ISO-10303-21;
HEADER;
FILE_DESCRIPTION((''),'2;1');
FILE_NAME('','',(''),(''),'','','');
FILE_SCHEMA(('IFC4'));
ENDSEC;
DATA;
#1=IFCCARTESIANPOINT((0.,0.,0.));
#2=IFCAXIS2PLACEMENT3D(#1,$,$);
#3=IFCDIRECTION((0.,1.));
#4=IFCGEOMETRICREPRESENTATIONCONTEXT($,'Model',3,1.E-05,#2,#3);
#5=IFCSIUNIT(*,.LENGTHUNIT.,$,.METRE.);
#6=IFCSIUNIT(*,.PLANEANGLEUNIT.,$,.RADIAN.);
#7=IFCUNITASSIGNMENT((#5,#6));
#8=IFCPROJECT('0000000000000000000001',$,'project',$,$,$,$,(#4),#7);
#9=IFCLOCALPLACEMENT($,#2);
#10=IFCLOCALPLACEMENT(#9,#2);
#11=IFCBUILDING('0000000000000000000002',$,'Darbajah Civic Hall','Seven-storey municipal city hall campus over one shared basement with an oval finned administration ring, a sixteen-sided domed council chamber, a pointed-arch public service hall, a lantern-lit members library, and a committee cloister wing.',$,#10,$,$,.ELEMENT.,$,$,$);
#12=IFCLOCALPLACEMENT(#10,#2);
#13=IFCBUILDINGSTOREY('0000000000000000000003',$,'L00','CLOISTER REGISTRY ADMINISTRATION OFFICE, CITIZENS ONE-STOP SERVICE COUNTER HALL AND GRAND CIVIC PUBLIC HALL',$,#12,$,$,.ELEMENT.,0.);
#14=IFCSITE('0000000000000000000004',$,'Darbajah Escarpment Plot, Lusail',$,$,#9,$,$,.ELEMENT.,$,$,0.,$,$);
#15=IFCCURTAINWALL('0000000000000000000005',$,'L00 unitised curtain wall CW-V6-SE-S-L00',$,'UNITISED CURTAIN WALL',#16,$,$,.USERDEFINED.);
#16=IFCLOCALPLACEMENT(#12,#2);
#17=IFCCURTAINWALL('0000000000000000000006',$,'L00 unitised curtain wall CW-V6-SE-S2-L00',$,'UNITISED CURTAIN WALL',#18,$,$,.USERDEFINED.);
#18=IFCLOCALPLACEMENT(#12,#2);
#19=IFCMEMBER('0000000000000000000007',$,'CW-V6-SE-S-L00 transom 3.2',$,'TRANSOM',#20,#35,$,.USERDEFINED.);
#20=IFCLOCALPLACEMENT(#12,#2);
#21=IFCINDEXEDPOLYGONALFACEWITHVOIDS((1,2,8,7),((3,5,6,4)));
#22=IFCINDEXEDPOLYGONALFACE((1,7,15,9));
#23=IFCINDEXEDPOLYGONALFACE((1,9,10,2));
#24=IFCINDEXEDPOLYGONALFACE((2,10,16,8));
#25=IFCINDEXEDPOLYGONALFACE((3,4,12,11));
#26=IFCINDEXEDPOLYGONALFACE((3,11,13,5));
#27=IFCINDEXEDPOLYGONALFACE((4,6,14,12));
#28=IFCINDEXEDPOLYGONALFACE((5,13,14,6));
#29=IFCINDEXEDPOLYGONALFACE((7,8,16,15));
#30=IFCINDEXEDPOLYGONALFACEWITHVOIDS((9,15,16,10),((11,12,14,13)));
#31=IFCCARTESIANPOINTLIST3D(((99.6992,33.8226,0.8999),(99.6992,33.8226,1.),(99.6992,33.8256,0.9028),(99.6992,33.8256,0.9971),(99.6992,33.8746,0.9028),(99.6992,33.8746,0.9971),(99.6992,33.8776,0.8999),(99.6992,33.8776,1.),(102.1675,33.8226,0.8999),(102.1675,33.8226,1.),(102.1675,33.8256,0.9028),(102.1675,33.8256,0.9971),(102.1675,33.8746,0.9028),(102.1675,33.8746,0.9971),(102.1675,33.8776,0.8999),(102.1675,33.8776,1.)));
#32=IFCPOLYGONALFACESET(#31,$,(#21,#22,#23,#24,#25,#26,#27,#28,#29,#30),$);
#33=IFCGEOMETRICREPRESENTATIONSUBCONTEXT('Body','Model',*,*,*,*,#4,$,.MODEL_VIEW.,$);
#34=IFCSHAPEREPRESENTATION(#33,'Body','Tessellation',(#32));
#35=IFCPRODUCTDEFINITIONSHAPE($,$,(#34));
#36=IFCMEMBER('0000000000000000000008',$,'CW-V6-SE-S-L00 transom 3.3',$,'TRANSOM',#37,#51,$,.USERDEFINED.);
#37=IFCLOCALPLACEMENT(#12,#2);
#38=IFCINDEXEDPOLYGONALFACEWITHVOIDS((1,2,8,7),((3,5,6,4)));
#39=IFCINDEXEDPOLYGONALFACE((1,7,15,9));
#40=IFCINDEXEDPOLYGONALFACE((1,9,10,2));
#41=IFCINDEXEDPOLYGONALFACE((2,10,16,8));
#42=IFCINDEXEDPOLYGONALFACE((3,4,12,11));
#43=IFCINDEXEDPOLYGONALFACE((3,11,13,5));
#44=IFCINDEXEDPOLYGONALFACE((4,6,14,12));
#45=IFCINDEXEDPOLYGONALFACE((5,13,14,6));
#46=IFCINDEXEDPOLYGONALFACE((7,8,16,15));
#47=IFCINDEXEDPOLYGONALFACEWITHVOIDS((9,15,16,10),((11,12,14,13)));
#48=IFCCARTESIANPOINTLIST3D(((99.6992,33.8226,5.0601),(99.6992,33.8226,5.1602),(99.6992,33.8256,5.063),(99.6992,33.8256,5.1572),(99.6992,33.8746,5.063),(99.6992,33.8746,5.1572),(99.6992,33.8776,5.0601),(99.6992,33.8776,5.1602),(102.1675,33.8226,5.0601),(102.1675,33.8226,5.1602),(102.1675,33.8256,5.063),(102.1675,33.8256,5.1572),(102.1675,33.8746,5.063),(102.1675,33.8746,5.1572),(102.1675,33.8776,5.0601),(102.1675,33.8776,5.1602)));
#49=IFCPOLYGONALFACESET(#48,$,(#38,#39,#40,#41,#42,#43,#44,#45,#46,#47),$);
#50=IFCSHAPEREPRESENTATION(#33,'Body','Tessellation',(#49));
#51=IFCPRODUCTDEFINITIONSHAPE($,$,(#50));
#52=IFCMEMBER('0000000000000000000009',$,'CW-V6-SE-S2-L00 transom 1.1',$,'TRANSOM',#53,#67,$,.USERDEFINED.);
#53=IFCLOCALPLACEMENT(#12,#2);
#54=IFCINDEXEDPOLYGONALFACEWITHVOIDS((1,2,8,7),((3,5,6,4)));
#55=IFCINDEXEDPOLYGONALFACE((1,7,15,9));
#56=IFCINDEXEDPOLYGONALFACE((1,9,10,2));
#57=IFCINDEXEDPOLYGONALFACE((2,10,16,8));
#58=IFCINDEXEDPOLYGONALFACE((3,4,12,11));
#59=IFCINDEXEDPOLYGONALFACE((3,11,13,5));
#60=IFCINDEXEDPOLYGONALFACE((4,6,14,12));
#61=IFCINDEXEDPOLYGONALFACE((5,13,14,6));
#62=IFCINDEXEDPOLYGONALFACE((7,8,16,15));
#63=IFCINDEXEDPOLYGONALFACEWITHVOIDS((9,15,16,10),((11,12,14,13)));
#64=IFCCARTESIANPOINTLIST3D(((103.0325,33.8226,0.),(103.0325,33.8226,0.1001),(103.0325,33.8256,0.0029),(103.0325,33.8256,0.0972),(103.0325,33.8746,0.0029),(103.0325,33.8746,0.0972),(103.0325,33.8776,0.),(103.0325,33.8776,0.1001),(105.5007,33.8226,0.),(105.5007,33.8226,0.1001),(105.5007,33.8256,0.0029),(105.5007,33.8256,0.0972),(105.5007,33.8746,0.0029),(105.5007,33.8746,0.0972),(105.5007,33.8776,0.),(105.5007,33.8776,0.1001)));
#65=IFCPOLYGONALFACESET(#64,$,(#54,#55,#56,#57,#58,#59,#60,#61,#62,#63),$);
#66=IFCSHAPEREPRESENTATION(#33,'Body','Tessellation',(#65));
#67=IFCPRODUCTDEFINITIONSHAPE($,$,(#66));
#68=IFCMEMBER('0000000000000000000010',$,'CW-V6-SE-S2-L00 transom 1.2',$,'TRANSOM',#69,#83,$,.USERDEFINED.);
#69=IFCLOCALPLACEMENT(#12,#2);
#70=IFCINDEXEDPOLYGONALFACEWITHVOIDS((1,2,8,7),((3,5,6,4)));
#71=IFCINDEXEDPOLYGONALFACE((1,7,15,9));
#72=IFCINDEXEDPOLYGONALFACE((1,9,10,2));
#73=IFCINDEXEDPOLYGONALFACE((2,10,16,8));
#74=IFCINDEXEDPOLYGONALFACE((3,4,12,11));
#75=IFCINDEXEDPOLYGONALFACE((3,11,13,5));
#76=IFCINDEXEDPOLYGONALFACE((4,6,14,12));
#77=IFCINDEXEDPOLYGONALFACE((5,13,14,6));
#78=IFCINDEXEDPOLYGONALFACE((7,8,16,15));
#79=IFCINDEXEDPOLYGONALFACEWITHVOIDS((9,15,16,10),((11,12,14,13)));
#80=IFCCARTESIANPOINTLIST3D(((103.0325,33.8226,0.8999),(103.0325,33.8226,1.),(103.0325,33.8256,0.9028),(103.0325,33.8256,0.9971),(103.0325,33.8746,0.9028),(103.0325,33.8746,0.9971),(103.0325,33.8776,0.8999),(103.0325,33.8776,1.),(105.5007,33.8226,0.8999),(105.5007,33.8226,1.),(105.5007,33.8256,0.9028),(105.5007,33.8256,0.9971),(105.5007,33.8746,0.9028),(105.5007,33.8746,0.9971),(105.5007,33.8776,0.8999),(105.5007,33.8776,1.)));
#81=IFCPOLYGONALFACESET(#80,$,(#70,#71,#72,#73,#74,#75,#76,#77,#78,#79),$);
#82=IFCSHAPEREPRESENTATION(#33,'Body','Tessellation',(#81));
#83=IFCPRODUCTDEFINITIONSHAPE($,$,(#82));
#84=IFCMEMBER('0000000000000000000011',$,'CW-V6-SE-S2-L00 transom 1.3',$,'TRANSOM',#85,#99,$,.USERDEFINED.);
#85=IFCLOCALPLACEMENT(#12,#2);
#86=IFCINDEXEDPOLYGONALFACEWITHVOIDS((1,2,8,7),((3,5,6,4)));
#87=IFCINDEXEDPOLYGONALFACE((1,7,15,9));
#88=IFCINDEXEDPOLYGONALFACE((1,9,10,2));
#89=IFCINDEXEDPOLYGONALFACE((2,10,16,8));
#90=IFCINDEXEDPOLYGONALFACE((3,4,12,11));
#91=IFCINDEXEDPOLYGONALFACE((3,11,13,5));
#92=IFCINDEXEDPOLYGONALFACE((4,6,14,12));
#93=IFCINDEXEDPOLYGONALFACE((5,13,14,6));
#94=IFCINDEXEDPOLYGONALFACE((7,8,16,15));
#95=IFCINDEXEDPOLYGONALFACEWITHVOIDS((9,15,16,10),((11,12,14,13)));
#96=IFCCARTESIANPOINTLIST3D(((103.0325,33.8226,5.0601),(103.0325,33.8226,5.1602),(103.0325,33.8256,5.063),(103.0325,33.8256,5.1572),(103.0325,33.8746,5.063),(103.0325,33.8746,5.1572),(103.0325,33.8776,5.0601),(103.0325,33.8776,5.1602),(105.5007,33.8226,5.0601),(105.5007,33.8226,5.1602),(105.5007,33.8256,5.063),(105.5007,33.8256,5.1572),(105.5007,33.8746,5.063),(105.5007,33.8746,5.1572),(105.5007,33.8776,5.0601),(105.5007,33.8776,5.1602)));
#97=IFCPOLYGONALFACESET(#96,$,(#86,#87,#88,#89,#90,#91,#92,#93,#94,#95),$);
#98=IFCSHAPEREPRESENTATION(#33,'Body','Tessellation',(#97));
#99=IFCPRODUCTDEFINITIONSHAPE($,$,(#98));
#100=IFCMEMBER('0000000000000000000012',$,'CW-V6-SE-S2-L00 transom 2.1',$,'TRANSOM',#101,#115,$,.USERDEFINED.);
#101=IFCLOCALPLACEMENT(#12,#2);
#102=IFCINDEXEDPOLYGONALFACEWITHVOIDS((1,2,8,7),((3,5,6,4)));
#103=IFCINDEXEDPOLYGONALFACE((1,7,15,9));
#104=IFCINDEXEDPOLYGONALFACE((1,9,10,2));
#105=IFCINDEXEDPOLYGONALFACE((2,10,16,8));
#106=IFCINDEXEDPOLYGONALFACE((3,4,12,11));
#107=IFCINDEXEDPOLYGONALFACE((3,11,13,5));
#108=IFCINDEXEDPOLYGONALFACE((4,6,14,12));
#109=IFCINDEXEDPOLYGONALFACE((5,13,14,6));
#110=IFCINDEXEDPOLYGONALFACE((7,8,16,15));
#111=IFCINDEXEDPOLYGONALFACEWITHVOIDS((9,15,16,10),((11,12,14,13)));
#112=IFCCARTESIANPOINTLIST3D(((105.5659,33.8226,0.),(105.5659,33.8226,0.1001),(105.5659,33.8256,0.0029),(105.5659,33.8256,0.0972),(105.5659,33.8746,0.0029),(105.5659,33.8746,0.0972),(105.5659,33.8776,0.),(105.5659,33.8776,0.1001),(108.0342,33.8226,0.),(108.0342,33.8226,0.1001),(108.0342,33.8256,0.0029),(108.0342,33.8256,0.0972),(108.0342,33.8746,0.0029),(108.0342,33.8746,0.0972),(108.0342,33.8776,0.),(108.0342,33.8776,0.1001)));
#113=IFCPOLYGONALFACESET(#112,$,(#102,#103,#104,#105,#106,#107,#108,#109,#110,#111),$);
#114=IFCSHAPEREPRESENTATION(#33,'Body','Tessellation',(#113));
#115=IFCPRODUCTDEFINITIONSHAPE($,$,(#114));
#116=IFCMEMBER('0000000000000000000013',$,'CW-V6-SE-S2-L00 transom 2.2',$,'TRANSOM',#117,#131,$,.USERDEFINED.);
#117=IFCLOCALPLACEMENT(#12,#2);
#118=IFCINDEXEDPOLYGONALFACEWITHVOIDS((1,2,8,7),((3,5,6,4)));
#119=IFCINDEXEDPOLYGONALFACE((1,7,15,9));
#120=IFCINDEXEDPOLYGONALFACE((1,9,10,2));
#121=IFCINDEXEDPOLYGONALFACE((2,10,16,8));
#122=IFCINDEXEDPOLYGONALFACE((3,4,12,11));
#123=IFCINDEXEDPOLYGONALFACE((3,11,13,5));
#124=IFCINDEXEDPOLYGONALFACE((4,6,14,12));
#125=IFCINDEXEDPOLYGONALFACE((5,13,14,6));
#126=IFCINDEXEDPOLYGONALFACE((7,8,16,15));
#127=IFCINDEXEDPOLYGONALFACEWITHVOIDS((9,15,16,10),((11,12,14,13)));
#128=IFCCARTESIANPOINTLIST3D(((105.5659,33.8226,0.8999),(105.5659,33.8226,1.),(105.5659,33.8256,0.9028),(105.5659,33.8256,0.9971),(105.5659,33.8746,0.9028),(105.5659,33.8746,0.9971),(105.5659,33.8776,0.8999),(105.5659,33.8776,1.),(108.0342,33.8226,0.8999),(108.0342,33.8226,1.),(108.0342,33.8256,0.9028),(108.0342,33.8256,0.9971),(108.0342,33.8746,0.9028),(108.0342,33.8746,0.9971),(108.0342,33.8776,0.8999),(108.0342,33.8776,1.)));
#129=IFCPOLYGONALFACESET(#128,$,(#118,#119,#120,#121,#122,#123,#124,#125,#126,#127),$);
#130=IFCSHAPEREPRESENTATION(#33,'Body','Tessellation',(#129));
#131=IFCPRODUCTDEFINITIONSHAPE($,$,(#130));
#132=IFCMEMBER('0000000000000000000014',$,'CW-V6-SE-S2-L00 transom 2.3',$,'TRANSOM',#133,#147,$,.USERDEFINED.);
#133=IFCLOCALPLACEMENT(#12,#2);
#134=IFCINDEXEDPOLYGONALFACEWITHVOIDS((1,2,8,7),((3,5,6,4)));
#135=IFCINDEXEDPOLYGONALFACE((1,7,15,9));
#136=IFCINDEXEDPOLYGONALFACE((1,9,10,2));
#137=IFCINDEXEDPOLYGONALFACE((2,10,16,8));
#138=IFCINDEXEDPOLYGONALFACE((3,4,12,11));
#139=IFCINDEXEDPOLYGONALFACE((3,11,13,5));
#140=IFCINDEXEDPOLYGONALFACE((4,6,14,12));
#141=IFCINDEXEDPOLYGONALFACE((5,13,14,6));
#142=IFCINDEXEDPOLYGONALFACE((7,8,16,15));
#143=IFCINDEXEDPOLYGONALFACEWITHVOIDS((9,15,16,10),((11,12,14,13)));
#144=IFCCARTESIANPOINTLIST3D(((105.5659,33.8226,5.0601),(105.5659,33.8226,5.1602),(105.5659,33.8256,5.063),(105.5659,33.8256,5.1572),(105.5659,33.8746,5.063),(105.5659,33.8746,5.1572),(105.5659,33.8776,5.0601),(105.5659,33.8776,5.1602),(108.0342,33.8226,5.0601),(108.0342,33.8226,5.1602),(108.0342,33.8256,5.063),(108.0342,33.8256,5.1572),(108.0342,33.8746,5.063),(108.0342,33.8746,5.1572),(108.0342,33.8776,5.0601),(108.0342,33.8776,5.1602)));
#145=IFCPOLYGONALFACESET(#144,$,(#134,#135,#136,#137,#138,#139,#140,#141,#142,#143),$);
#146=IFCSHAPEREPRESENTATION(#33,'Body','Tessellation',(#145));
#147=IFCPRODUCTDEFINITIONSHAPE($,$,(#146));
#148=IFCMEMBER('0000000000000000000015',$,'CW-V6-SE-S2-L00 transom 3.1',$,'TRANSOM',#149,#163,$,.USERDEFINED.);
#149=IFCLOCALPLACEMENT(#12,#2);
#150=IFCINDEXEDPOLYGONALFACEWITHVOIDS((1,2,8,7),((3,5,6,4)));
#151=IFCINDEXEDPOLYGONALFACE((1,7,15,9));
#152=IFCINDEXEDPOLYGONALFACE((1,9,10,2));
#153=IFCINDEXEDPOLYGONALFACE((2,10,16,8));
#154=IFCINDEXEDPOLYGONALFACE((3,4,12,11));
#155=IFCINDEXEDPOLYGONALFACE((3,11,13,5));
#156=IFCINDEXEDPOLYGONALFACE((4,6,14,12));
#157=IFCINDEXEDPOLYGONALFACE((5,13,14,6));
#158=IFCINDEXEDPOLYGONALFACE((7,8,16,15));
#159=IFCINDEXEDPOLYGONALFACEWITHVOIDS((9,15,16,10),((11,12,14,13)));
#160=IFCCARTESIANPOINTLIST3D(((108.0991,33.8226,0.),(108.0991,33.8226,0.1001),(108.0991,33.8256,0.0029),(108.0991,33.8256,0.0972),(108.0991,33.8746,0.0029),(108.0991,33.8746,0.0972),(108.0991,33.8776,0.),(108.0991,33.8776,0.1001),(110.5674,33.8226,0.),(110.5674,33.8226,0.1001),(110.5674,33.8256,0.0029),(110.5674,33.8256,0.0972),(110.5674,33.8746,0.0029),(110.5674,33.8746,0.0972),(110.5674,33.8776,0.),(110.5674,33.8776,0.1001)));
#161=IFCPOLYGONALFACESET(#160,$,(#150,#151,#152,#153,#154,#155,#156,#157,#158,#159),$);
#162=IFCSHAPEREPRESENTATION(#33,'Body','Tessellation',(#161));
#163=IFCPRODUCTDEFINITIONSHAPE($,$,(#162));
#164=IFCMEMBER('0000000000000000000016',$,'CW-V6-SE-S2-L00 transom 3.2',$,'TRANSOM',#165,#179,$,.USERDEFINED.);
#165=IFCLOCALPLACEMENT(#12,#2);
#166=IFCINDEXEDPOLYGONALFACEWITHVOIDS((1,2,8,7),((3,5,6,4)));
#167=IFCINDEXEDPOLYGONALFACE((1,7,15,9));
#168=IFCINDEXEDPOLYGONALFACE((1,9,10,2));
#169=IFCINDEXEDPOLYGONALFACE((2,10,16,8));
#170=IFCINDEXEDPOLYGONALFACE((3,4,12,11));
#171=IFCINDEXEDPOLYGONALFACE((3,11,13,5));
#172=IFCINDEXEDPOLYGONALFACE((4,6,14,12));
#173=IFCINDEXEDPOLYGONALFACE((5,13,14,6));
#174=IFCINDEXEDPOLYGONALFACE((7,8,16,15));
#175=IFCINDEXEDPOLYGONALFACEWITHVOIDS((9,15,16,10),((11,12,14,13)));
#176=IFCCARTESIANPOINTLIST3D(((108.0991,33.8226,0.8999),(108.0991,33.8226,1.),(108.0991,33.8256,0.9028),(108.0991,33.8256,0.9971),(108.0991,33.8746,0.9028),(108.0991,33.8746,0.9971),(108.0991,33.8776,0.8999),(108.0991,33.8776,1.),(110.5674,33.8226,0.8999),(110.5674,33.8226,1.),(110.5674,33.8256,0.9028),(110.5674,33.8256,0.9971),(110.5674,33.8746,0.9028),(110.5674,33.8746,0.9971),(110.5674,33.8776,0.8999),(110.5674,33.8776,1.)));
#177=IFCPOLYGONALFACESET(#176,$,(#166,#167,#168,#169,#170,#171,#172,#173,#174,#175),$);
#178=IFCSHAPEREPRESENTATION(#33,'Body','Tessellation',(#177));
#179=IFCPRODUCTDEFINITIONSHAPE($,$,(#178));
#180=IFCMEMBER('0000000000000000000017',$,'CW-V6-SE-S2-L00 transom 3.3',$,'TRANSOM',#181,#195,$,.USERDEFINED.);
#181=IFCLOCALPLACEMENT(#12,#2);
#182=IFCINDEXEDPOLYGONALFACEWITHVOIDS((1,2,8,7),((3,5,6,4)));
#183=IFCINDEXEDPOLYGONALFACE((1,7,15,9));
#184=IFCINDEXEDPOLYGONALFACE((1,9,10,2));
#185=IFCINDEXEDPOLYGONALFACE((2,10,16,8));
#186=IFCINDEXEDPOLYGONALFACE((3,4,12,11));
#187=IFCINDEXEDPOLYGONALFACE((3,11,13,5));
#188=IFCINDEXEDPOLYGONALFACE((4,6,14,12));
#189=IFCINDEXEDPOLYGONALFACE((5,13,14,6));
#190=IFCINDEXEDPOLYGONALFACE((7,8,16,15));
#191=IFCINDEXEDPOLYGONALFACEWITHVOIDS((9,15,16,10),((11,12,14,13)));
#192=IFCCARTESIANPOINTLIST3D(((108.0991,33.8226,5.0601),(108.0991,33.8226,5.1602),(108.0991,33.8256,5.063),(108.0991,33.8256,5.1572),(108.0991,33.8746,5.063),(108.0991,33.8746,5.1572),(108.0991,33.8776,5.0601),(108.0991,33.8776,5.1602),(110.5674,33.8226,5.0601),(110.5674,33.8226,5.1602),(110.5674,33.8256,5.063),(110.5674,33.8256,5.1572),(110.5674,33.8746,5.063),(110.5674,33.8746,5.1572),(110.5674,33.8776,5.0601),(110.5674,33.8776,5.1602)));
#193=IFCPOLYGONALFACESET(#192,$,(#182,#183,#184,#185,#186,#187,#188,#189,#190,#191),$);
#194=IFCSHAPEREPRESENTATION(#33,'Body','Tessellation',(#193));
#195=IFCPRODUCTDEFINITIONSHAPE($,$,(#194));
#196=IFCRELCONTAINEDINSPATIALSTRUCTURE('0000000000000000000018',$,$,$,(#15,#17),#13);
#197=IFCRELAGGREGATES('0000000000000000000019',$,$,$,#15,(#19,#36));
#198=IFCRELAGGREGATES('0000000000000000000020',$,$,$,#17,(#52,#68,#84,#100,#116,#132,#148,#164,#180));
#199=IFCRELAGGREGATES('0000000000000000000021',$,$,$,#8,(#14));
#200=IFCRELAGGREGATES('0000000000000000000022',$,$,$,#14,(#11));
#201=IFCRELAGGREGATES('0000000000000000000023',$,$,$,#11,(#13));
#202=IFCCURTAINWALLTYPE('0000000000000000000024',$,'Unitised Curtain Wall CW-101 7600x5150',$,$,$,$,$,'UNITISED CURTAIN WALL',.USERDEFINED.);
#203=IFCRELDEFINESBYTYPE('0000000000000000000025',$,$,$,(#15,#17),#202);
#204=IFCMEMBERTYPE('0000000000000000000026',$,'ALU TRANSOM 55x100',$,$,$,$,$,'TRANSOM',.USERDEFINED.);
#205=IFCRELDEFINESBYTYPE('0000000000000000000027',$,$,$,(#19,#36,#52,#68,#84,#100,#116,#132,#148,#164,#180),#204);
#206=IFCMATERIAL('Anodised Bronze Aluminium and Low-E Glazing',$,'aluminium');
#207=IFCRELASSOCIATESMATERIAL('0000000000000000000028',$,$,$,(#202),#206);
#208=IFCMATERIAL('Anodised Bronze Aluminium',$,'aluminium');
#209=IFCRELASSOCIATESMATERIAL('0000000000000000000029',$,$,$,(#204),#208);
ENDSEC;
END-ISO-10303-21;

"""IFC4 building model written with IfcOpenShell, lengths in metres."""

from ifc_helpers import new_model, si_unit, direction, frame, origin, origin_2d, place, context, subcontext, project, spatial, hollow_rectangle, extrude, material, material_profile, profile_set, type_object, element, aggregate, save


model = new_model("IFC4")

# Units and contexts
model_context = context("Model", 3, precision=1e-05, world=origin(), true_north=direction((0.0, 1.0)))
body_context = subcontext(model_context, "Body", "Model", "MODEL_VIEW")
ifc_project = project(units=[si_unit("LENGTHUNIT", "METRE"), si_unit("PLANEANGLEUNIT", "RADIAN")], contexts=[model_context])

# Site, building, storey
site_placement = place(None, origin())
site = spatial("IfcSite", under=ifc_project, at=site_placement, Name="Darbajah Escarpment Plot, Lusail", CompositionType="ELEMENT", RefElevation=0.0)
building_placement = place(site_placement, origin())
building = spatial("IfcBuilding", under=site, at=building_placement, Name="Darbajah Civic Hall", Description="Seven-storey municipal city hall campus over one shared basement with an oval finned administration ring, a sixteen-sided domed council chamber, a pointed-arch public service hall, a lantern-lit members library, and a committee cloister wing.", CompositionType="ELEMENT")
storey_placement = place(building_placement, origin())
storey = spatial("IfcBuildingStorey", under=building, at=storey_placement, Name="L00", Description="CLOISTER REGISTRY ADMINISTRATION OFFICE, CITIZENS ONE-STOP SERVICE COUNTER HALL AND GRAND CIVIC PUBLIC HALL", CompositionType="ELEMENT", Elevation=0.0)

# Curtain walls
ifc_material_1 = material(Name="Anodised Bronze Aluminium and Low-E Glazing", Category="aluminium")
curtain_wall_type = type_object("IfcCurtainWallType", Name="Unitised Curtain Wall CW-101 7600x5150", ElementType="UNITISED CURTAIN WALL", PredefinedType="USERDEFINED", material=ifc_material_1)
curtain_wall_1_placement = place(storey_placement, origin())
curtain_wall_1 = element("IfcCurtainWall", 1, at=curtain_wall_1_placement, inside=storey, type_object=curtain_wall_type, Name="L00 unitised curtain wall CW-V6-SE-S-L00", ObjectType="UNITISED CURTAIN WALL", PredefinedType="USERDEFINED")
ifc_material_2 = material(Name="Anodised Bronze Aluminium", Category="aluminium")
curtain_wall_2_placement = place(storey_placement, origin())
curtain_wall_2 = element("IfcCurtainWall", 2, at=curtain_wall_2_placement, inside=storey, type_object=curtain_wall_type, Name="L00 unitised curtain wall CW-V6-SE-S2-L00", ObjectType="UNITISED CURTAIN WALL", PredefinedType="USERDEFINED")

# Members
ifc_material_profile_1 = material_profile(ifc_material_2, hollow_rectangle(XDim=0.0549, YDim=0.1001, WallThickness=0.0029, at=origin_2d()), Name="ALU TRANSOM 55x100")
ifc_profile_set_1 = profile_set([ifc_material_profile_1], Name="Anodised Bronze Aluminium")
member_type_1 = type_object("IfcMemberType", Name="ALU TRANSOM 55x100", ElementType="TRANSOM", PredefinedType="USERDEFINED", material=ifc_profile_set_1)
member_1_placement = place(storey_placement, frame((99.6992, 33.8501, 0.95), z_axis=(1.0, 0.0, 0.0), x_axis=(0.0, 1.0, 0.0)))
member_1 = element("IfcMember", 3, at=member_1_placement, type_object=member_type_1, Name="CW-V6-SE-S-L00 transom 3.2", ObjectType="TRANSOM", PredefinedType="USERDEFINED", context=body_context, shape_type="SweptSolid", body=[
    extrude(hollow_rectangle(XDim=0.0549, YDim=0.1001, WallThickness=0.0029, at=origin_2d()), origin(), (0.0, 0.0, 1.0), 2.4683),
])
member_2_placement = place(storey_placement, frame((99.6992, 33.8501, 5.1101), z_axis=(1.0, 0.0, 0.0), x_axis=(0.0, 1.0, 0.0)))
member_2 = element("IfcMember", 4, at=member_2_placement, type_object=member_type_1, Name="CW-V6-SE-S-L00 transom 3.3", ObjectType="TRANSOM", PredefinedType="USERDEFINED", context=body_context, shape_type="SweptSolid", body=[
    extrude(hollow_rectangle(XDim=0.0549, YDim=0.1001, WallThickness=0.0029, at=origin_2d()), origin(), (0.0, 0.0, 1.0), 2.4683),
])
member_3_placement = place(storey_placement, frame((103.0325, 33.8501, 0.05), z_axis=(1.0, 0.0, 0.0), x_axis=(0.0, 1.0, 0.0)))
member_3 = element("IfcMember", 5, at=member_3_placement, type_object=member_type_1, Name="CW-V6-SE-S2-L00 transom 1.1", ObjectType="TRANSOM", PredefinedType="USERDEFINED", context=body_context, shape_type="SweptSolid", body=[
    extrude(hollow_rectangle(XDim=0.0549, YDim=0.1001, WallThickness=0.0029, at=origin_2d()), origin(), (0.0, 0.0, 1.0), 2.4683),
])
member_4_placement = place(storey_placement, frame((103.0325, 33.8501, 0.95), z_axis=(1.0, 0.0, 0.0), x_axis=(0.0, 1.0, 0.0)))
member_4 = element("IfcMember", 6, at=member_4_placement, type_object=member_type_1, Name="CW-V6-SE-S2-L00 transom 1.2", ObjectType="TRANSOM", PredefinedType="USERDEFINED", context=body_context, shape_type="SweptSolid", body=[
    extrude(hollow_rectangle(XDim=0.0549, YDim=0.1001, WallThickness=0.0029, at=origin_2d()), origin(), (0.0, 0.0, 1.0), 2.4683),
])
member_5_placement = place(storey_placement, frame((103.0325, 33.8501, 5.1101), z_axis=(1.0, 0.0, 0.0), x_axis=(0.0, 1.0, 0.0)))
member_5 = element("IfcMember", 7, at=member_5_placement, type_object=member_type_1, Name="CW-V6-SE-S2-L00 transom 1.3", ObjectType="TRANSOM", PredefinedType="USERDEFINED", context=body_context, shape_type="SweptSolid", body=[
    extrude(hollow_rectangle(XDim=0.0549, YDim=0.1001, WallThickness=0.0029, at=origin_2d()), origin(), (0.0, 0.0, 1.0), 2.4683),
])
member_6_placement = place(storey_placement, frame((105.5659, 33.8501, 0.05), z_axis=(1.0, 0.0, 0.0), x_axis=(0.0, 1.0, 0.0)))
member_6 = element("IfcMember", 8, at=member_6_placement, type_object=member_type_1, Name="CW-V6-SE-S2-L00 transom 2.1", ObjectType="TRANSOM", PredefinedType="USERDEFINED", context=body_context, shape_type="SweptSolid", body=[
    extrude(hollow_rectangle(XDim=0.0549, YDim=0.1001, WallThickness=0.0029, at=origin_2d()), origin(), (0.0, 0.0, 1.0), 2.4683),
])
member_7_placement = place(storey_placement, frame((105.5659, 33.8501, 0.95), z_axis=(1.0, 0.0, 0.0), x_axis=(0.0, 1.0, 0.0)))
member_7 = element("IfcMember", 9, at=member_7_placement, type_object=member_type_1, Name="CW-V6-SE-S2-L00 transom 2.2", ObjectType="TRANSOM", PredefinedType="USERDEFINED", context=body_context, shape_type="SweptSolid", body=[
    extrude(hollow_rectangle(XDim=0.0549, YDim=0.1001, WallThickness=0.0029, at=origin_2d()), origin(), (0.0, 0.0, 1.0), 2.4683),
])
member_8_placement = place(storey_placement, frame((105.5659, 33.8501, 5.1101), z_axis=(1.0, 0.0, 0.0), x_axis=(0.0, 1.0, 0.0)))
member_8 = element("IfcMember", 10, at=member_8_placement, type_object=member_type_1, Name="CW-V6-SE-S2-L00 transom 2.3", ObjectType="TRANSOM", PredefinedType="USERDEFINED", context=body_context, shape_type="SweptSolid", body=[
    extrude(hollow_rectangle(XDim=0.0549, YDim=0.1001, WallThickness=0.0029, at=origin_2d()), origin(), (0.0, 0.0, 1.0), 2.4683),
])
member_9_placement = place(storey_placement, frame((108.0991, 33.8501, 0.05), z_axis=(1.0, 0.0, 0.0), x_axis=(0.0, 1.0, 0.0)))
member_9 = element("IfcMember", 11, at=member_9_placement, type_object=member_type_1, Name="CW-V6-SE-S2-L00 transom 3.1", ObjectType="TRANSOM", PredefinedType="USERDEFINED", context=body_context, shape_type="SweptSolid", body=[
    extrude(hollow_rectangle(XDim=0.0549, YDim=0.1001, WallThickness=0.0029, at=origin_2d()), origin(), (0.0, 0.0, 1.0), 2.4683),
])
member_10_placement = place(storey_placement, frame((108.0991, 33.8501, 0.95), z_axis=(1.0, 0.0, 0.0), x_axis=(0.0, 1.0, 0.0)))
member_10 = element("IfcMember", 12, at=member_10_placement, type_object=member_type_1, Name="CW-V6-SE-S2-L00 transom 3.2", ObjectType="TRANSOM", PredefinedType="USERDEFINED", context=body_context, shape_type="SweptSolid", body=[
    extrude(hollow_rectangle(XDim=0.0549, YDim=0.1001, WallThickness=0.0029, at=origin_2d()), origin(), (0.0, 0.0, 1.0), 2.4683),
])
member_11_placement = place(storey_placement, frame((108.0991, 33.8501, 5.1101), z_axis=(1.0, 0.0, 0.0), x_axis=(0.0, 1.0, 0.0)))
member_11 = element("IfcMember", 13, at=member_11_placement, type_object=member_type_1, Name="CW-V6-SE-S2-L00 transom 3.3", ObjectType="TRANSOM", PredefinedType="USERDEFINED", context=body_context, shape_type="SweptSolid", body=[
    extrude(hollow_rectangle(XDim=0.0549, YDim=0.1001, WallThickness=0.0029, at=origin_2d()), origin(), (0.0, 0.0, 1.0), 2.4683),
])

aggregate(curtain_wall_1, [member_1, member_2])
aggregate(curtain_wall_2, [member_3, member_4, member_5, member_6, member_7, member_8, member_9, member_10, member_11])

save(model, "model.ifc")
